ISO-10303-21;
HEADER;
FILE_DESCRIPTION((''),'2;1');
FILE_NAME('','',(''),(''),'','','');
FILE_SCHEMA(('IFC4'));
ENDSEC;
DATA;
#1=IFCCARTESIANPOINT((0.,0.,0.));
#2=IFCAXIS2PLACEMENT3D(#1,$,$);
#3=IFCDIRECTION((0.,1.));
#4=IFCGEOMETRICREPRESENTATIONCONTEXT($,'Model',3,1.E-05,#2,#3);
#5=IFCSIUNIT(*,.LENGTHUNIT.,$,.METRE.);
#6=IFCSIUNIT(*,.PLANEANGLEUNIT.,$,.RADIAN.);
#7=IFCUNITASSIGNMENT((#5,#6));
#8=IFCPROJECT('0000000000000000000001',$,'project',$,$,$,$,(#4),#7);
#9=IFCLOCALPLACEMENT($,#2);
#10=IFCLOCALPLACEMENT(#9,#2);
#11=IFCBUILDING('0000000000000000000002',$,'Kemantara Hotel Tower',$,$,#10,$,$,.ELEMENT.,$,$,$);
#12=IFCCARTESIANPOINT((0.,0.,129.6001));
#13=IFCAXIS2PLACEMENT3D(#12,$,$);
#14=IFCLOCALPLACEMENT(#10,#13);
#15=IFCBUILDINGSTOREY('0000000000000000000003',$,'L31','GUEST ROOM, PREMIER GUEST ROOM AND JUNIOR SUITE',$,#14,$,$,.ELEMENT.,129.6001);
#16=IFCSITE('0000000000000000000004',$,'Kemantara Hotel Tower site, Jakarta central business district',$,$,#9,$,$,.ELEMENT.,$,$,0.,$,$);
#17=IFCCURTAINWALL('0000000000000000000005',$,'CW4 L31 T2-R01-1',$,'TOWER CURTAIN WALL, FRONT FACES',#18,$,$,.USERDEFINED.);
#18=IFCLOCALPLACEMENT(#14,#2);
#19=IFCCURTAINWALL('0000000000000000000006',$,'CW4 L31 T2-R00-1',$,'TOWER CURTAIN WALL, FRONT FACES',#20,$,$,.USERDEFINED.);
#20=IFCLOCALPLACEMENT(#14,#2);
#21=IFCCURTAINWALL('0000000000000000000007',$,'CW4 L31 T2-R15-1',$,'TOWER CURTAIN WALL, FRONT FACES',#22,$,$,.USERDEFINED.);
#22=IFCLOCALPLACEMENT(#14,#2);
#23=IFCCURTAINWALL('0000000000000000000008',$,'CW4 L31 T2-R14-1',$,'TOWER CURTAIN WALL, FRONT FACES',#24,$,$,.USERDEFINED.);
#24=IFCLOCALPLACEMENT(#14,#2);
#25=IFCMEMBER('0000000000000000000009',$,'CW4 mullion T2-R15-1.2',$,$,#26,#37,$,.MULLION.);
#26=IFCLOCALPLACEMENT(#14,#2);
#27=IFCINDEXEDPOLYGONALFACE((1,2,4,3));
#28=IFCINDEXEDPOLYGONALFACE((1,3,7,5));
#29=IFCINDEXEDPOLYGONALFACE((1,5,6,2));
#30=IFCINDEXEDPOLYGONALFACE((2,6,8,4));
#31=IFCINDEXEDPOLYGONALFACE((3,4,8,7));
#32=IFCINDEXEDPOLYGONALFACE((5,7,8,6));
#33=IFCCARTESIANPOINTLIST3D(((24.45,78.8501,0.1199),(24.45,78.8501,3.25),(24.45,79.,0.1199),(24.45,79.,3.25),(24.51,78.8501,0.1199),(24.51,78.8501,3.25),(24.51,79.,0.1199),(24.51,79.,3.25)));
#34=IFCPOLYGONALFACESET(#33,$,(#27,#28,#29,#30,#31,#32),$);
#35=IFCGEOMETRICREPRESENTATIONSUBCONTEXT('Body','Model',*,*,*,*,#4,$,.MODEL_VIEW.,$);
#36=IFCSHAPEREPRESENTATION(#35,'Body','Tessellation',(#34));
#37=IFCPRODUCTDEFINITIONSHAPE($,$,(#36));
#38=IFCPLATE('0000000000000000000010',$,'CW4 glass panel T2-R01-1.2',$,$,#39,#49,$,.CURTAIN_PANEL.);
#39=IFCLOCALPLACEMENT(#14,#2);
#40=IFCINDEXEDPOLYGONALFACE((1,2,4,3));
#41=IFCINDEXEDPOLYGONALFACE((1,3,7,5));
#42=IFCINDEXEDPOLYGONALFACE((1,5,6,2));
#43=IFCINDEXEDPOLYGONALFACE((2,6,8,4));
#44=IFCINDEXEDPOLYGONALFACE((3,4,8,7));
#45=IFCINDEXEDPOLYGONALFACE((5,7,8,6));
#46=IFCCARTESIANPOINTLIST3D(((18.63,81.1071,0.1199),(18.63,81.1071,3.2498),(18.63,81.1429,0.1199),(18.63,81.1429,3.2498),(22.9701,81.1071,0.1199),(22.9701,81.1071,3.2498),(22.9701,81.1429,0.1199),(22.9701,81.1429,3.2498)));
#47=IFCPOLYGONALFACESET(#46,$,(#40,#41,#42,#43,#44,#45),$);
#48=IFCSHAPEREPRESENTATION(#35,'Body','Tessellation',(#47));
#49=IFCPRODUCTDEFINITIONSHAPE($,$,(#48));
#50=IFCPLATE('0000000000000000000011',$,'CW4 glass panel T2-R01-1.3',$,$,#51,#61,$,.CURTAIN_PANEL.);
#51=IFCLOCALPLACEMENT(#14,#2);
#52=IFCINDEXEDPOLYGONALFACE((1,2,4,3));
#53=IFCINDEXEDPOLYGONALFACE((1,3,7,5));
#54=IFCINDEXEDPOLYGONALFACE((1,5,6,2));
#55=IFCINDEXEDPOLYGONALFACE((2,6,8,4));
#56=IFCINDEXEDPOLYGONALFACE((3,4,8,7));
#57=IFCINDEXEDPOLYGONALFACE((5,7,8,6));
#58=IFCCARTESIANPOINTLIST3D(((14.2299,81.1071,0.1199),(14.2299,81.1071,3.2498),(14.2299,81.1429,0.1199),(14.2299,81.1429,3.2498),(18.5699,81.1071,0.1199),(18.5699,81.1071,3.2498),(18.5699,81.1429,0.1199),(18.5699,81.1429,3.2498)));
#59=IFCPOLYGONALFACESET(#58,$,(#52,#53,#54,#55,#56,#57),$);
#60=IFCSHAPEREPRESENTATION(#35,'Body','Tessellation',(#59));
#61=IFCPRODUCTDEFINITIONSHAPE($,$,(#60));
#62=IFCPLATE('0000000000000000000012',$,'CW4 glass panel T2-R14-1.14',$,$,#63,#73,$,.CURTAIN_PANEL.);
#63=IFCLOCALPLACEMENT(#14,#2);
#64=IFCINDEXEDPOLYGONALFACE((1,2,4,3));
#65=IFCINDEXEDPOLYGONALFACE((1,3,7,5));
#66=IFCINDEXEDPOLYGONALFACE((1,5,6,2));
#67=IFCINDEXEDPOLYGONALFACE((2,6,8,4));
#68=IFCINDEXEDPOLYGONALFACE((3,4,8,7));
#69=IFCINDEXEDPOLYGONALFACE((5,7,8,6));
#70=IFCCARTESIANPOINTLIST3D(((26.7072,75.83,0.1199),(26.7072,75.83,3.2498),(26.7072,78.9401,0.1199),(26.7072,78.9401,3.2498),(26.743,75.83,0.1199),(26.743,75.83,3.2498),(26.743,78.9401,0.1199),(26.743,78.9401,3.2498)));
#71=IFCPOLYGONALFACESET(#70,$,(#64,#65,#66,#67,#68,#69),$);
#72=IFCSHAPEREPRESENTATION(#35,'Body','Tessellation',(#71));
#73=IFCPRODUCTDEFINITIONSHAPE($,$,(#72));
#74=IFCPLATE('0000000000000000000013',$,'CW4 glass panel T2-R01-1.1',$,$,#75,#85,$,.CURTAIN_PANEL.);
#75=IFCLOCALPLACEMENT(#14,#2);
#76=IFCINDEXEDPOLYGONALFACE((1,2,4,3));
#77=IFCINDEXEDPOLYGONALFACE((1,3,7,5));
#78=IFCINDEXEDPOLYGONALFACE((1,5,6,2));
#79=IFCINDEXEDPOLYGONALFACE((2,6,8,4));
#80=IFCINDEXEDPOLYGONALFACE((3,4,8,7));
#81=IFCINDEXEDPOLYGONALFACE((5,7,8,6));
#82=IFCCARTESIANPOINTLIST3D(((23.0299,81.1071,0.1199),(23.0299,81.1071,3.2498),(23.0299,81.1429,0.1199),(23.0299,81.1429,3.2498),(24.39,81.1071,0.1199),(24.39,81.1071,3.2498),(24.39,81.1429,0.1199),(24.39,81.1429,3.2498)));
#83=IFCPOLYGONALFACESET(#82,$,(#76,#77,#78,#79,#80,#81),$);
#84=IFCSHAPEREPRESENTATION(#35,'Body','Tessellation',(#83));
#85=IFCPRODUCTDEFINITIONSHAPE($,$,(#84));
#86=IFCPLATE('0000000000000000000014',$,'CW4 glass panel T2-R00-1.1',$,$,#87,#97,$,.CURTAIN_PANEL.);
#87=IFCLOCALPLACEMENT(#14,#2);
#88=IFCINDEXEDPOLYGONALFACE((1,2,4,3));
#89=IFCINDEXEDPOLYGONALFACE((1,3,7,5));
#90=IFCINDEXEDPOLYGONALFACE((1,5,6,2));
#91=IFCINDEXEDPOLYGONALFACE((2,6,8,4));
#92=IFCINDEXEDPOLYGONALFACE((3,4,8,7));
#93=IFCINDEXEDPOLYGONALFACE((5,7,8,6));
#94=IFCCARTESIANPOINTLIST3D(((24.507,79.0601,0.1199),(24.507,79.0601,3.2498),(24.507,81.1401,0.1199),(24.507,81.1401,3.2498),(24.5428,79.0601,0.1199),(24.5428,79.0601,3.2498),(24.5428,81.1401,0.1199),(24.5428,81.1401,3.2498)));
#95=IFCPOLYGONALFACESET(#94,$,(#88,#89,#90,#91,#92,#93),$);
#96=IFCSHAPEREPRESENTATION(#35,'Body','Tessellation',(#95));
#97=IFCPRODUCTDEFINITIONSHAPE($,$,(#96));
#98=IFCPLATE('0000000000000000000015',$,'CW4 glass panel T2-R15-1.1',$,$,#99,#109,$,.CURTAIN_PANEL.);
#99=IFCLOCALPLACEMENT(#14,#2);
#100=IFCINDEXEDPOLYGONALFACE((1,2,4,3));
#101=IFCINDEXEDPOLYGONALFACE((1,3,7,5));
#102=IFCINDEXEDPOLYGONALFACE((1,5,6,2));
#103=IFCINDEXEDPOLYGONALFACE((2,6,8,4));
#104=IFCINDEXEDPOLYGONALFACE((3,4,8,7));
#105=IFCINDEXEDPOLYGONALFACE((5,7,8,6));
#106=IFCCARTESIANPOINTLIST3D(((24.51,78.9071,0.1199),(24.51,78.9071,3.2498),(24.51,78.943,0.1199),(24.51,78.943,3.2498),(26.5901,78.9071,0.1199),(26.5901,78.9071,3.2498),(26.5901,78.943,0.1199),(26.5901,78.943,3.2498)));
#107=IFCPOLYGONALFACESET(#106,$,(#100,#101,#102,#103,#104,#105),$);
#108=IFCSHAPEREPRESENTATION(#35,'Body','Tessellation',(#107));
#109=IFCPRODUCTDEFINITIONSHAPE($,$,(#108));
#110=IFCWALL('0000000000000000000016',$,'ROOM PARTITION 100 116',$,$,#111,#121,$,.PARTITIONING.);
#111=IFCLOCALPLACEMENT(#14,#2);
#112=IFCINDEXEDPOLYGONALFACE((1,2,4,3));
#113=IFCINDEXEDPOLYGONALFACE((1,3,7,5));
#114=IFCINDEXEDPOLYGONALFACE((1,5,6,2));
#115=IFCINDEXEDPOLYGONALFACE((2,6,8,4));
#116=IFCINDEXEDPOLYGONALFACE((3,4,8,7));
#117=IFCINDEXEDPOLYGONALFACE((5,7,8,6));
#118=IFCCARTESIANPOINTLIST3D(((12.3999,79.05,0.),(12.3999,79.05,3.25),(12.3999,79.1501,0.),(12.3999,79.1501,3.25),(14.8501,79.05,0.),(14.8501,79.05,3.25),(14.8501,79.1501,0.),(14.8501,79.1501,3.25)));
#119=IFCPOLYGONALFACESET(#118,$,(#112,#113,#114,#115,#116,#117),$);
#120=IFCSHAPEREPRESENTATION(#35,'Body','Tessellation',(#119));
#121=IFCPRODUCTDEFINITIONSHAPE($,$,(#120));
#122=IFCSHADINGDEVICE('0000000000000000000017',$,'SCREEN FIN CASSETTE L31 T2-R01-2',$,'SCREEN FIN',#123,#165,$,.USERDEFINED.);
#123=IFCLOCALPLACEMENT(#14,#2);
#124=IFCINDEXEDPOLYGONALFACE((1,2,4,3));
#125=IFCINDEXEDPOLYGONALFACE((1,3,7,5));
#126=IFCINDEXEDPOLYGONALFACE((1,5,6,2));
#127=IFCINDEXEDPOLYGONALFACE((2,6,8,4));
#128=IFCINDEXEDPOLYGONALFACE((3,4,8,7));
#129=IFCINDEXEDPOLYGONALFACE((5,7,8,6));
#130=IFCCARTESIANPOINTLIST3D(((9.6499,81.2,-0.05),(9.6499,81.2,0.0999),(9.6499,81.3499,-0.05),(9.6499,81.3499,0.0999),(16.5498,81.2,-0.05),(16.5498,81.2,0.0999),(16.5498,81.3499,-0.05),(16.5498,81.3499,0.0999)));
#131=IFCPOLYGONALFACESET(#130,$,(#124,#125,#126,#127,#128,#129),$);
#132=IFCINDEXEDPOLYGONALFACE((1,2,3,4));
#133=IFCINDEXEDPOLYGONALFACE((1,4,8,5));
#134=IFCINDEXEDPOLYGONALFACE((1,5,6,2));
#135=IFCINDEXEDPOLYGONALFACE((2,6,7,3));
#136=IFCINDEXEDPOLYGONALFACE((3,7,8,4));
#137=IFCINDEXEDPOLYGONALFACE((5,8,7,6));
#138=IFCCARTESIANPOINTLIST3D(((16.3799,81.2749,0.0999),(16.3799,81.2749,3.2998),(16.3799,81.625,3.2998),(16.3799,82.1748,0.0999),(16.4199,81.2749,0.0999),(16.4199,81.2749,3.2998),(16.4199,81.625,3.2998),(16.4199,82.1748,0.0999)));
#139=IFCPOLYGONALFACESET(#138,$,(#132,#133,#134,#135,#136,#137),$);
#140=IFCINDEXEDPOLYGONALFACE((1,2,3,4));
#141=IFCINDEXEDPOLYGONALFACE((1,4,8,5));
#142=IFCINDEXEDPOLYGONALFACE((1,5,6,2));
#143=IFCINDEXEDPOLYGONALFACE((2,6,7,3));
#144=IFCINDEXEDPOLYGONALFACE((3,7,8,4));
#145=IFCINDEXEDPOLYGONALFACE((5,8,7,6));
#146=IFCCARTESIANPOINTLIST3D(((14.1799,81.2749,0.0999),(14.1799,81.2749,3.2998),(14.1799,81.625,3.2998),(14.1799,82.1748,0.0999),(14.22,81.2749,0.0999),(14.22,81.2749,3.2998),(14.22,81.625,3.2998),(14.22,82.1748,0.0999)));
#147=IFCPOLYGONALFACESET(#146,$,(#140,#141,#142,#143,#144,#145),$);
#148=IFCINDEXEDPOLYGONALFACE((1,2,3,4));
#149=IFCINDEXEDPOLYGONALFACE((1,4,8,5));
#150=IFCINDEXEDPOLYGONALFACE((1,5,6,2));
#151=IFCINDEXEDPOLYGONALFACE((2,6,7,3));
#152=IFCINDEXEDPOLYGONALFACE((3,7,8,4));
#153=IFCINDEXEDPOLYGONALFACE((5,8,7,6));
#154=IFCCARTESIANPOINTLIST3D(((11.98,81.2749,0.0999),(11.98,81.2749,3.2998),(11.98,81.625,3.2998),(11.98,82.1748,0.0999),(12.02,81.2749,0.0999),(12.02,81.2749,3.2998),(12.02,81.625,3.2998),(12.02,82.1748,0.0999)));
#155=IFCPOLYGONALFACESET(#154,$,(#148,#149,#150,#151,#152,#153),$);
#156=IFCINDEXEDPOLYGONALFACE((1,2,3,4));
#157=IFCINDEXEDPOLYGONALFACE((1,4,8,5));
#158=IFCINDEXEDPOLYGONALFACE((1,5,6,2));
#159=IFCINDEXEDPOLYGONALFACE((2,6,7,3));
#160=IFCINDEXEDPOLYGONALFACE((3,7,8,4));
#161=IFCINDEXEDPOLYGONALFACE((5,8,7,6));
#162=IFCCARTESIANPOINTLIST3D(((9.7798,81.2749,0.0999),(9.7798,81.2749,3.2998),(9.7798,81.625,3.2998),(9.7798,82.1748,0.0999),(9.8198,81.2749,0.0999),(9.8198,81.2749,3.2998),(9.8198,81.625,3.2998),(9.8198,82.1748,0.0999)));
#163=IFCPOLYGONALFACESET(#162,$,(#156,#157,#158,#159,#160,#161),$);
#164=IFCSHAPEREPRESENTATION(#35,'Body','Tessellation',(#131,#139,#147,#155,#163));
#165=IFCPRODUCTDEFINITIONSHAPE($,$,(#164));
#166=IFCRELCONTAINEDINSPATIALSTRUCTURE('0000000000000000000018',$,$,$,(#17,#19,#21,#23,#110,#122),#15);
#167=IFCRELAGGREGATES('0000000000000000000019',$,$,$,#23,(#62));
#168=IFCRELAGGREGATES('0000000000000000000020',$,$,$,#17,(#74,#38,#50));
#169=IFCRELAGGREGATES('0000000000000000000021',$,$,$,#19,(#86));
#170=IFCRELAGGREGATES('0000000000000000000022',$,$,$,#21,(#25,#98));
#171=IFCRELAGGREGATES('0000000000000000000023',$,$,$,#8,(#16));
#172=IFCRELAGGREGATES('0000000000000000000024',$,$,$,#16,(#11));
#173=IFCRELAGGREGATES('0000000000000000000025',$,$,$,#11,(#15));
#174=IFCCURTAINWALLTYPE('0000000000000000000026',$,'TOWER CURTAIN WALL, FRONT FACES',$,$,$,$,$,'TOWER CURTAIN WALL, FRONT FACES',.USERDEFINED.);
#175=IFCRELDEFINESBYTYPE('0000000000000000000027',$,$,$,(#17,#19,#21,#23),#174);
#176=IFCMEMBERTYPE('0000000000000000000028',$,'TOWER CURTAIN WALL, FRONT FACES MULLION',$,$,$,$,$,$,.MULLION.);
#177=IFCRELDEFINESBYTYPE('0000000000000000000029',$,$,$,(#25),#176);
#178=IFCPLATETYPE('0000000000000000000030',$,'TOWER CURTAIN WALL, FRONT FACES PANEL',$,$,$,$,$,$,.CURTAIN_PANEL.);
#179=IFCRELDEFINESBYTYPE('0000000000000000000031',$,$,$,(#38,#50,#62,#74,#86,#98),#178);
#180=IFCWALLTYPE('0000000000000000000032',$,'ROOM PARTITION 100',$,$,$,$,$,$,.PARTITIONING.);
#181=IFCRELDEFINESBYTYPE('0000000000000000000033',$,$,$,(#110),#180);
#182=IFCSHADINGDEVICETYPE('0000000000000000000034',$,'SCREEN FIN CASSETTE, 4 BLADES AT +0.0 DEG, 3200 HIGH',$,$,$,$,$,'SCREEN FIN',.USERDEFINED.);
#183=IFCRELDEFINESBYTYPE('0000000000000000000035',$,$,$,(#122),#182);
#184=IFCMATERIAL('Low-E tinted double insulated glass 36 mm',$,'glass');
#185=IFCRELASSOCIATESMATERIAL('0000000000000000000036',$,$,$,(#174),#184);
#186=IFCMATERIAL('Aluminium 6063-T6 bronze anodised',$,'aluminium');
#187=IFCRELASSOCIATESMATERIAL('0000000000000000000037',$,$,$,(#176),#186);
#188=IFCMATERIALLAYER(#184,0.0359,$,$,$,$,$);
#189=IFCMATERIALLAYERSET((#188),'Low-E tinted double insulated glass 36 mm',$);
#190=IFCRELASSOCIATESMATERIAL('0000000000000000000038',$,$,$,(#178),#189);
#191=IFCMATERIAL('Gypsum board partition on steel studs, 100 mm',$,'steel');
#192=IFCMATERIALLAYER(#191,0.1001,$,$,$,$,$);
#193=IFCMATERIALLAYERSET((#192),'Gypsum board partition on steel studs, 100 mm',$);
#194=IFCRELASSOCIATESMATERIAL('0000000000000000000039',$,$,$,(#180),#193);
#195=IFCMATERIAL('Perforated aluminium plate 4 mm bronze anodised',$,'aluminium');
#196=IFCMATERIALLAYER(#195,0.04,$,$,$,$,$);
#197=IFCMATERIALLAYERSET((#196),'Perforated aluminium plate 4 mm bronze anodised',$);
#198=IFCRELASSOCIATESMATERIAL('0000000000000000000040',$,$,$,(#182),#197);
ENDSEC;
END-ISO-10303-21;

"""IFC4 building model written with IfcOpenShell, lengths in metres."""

from ifc_helpers import new_model, si_unit, direction, frame, frame_2d, origin, origin_2d, place, context, subcontext, project, spatial, polyline, rectangle, outline, extrude, source, transform, mapped, material, layer, layer_set, material_profile, profile_set, type_object, element, aggregate, save


model = new_model("IFC4")

# Units and contexts
model_context = context("Model", 3, precision=1e-05, world=origin(), true_north=direction((0.0, 1.0)))
body_context = subcontext(model_context, "Body", "Model", "MODEL_VIEW")
ifc_project = project(units=[si_unit("LENGTHUNIT", "METRE"), si_unit("PLANEANGLEUNIT", "RADIAN")], contexts=[model_context])

# Site, building, storey
site_placement = place(None, origin())
site = spatial("IfcSite", under=ifc_project, at=site_placement, Name="Kemantara Hotel Tower site, Jakarta central business district", CompositionType="ELEMENT", RefElevation=0.0)
building_placement = place(site_placement, origin())
building = spatial("IfcBuilding", under=site, at=building_placement, Name="Kemantara Hotel Tower", CompositionType="ELEMENT")
storey_placement = place(building_placement, frame((0.0, 0.0, 129.6001)))
storey = spatial("IfcBuildingStorey", under=building, at=storey_placement, Name="L31", Description="GUEST ROOM, PREMIER GUEST ROOM AND JUNIOR SUITE", CompositionType="ELEMENT", Elevation=129.6001)

# Curtain walls
ifc_material_1 = material(Name="Low-E tinted double insulated glass 36 mm", Category="glass")
curtain_wall_type = type_object("IfcCurtainWallType", Name="TOWER CURTAIN WALL, FRONT FACES", ElementType="TOWER CURTAIN WALL, FRONT FACES", PredefinedType="USERDEFINED", material=ifc_material_1)
curtain_wall_1_placement = place(storey_placement, origin())
curtain_wall_1 = element("IfcCurtainWall", 1, at=curtain_wall_1_placement, inside=storey, type_object=curtain_wall_type, Name="CW4 L31 T2-R01-1", ObjectType="TOWER CURTAIN WALL, FRONT FACES", PredefinedType="USERDEFINED")
ifc_material_2 = material(Name="Aluminium 6063-T6 bronze anodised", Category="aluminium")
curtain_wall_2_placement = place(storey_placement, origin())
curtain_wall_2 = element("IfcCurtainWall", 2, at=curtain_wall_2_placement, inside=storey, type_object=curtain_wall_type, Name="CW4 L31 T2-R00-1", ObjectType="TOWER CURTAIN WALL, FRONT FACES", PredefinedType="USERDEFINED")
curtain_wall_3_placement = place(storey_placement, origin())
curtain_wall_3 = element("IfcCurtainWall", 3, at=curtain_wall_3_placement, inside=storey, type_object=curtain_wall_type, Name="CW4 L31 T2-R15-1", ObjectType="TOWER CURTAIN WALL, FRONT FACES", PredefinedType="USERDEFINED")

# Shared definitions
ifc_material_profile_1 = material_profile(ifc_material_2, rectangle(XDim=0.1499, YDim=0.0601, at=origin_2d()), Name="TOWER CURTAIN WALL, FRONT FACES MULLION")
ifc_profile_set_1 = profile_set([ifc_material_profile_1], Name="Aluminium 6063-T6 bronze anodised")
member_type_1 = type_object("IfcMemberType", Name="TOWER CURTAIN WALL, FRONT FACES MULLION", PredefinedType="MULLION", material=ifc_profile_set_1)
shared_shape_1 = source(origin(), body_context, "Body", "SweptSolid", [
    extrude(rectangle(XDim=0.1499, YDim=0.0601, at=origin_2d()), origin(), (0.0, 0.0, 1.0), 3.1301),
])

# Curtain wall
curtain_wall_4_placement = place(storey_placement, origin())
curtain_wall_4 = element("IfcCurtainWall", 4, at=curtain_wall_4_placement, inside=storey, type_object=curtain_wall_type, Name="CW4 L31 T2-R14-1", ObjectType="TOWER CURTAIN WALL, FRONT FACES", PredefinedType="USERDEFINED")

# Member
member_1_placement = place(storey_placement, frame((24.48, 78.925, 0.1199), z_axis=(0.0, 0.0, 1.0), x_axis=(0.0, -1.0, 0.0)))
member_1 = element("IfcMember", 5, at=member_1_placement, type_object=member_type_1, Name="CW4 mullion T2-R15-1.2", PredefinedType="MULLION", context=body_context, shape_type="MappedRepresentation", body=[
    mapped(shared_shape_1, transform((0.0, 0.0, 0.0))),
])

# Plates
ifc_layer_1 = layer(ifc_material_1, 0.0359)
ifc_layer_set_1 = layer_set([ifc_layer_1], Name="Low-E tinted double insulated glass 36 mm")
plate_type = type_object("IfcPlateType", Name="TOWER CURTAIN WALL, FRONT FACES PANEL", PredefinedType="CURTAIN_PANEL", material=ifc_layer_set_1)
shared_shape_2 = source(origin(), body_context, "Body", "SweptSolid", [
    extrude(rectangle(XDim=4.3401, YDim=0.0359, at=origin_2d()), origin(), (0.0, 0.0, 1.0), 3.1299),
])
plate_1_placement = place(storey_placement, frame((20.8, 81.125, 0.1199), z_axis=(0.0, 0.0, 1.0), x_axis=(-1.0, 0.0, 0.0)))
plate_1 = element("IfcPlate", 6, at=plate_1_placement, type_object=plate_type, Name="CW4 glass panel T2-R01-1.2", PredefinedType="CURTAIN_PANEL", context=body_context, shape_type="MappedRepresentation", body=[
    mapped(shared_shape_2, transform((0.0, 0.0, 0.0))),
])
plate_2_placement = place(storey_placement, frame((16.3999, 81.125, 0.1199), z_axis=(0.0, 0.0, 1.0), x_axis=(-1.0, 0.0, 0.0)))
plate_2 = element("IfcPlate", 7, at=plate_2_placement, type_object=plate_type, Name="CW4 glass panel T2-R01-1.3", PredefinedType="CURTAIN_PANEL", context=body_context, shape_type="MappedRepresentation", body=[
    mapped(shared_shape_2, transform((0.0, 0.0, 0.0))),
])
shared_shape_3 = source(origin(), body_context, "Body", "SweptSolid", [
    extrude(rectangle(XDim=3.1101, YDim=0.0359, at=origin_2d()), origin(), (0.0, 0.0, 1.0), 3.1299),
])
plate_3_placement = place(storey_placement, frame((26.7251, 77.385, 0.1199), z_axis=(0.0, 0.0, 1.0), x_axis=(0.0, 1.0, 0.0)))
plate_3 = element("IfcPlate", 8, at=plate_3_placement, type_object=plate_type, Name="CW4 glass panel T2-R14-1.14", PredefinedType="CURTAIN_PANEL", context=body_context, shape_type="MappedRepresentation", body=[
    mapped(shared_shape_3, transform((0.0, 0.0, 0.0))),
])
aggregate(curtain_wall_4, [plate_3])
shared_shape_4 = source(origin(), body_context, "Body", "SweptSolid", [
    extrude(rectangle(XDim=1.3601, YDim=0.0359, at=origin_2d()), origin(), (0.0, 0.0, 1.0), 3.1299),
])
plate_4_placement = place(storey_placement, frame((23.71, 81.125, 0.1199), z_axis=(0.0, 0.0, 1.0), x_axis=(-1.0, 0.0, 0.0)))
plate_4 = element("IfcPlate", 9, at=plate_4_placement, type_object=plate_type, Name="CW4 glass panel T2-R01-1.1", PredefinedType="CURTAIN_PANEL", context=body_context, shape_type="MappedRepresentation", body=[
    mapped(shared_shape_4, transform((0.0, 0.0, 0.0))),
])
aggregate(curtain_wall_1, [plate_4, plate_1, plate_2])
shared_shape_5 = source(origin(), body_context, "Body", "SweptSolid", [
    extrude(rectangle(XDim=2.0801, YDim=0.0359, at=origin_2d()), origin(), (0.0, 0.0, 1.0), 3.1299),
])
plate_5_placement = place(storey_placement, frame((24.5249, 80.1001, 0.1199), z_axis=(0.0, 0.0, 1.0), x_axis=(0.0, 1.0, 0.0)))
plate_5 = element("IfcPlate", 10, at=plate_5_placement, type_object=plate_type, Name="CW4 glass panel T2-R00-1.1", PredefinedType="CURTAIN_PANEL", context=body_context, shape_type="MappedRepresentation", body=[
    mapped(shared_shape_5, transform((0.0, 0.0, 0.0))),
])
aggregate(curtain_wall_2, [plate_5])
plate_6_placement = place(storey_placement, frame((25.55, 78.925, 0.1199), z_axis=(0.0, 0.0, 1.0), x_axis=(-1.0, 0.0, 0.0)))
plate_6 = element("IfcPlate", 11, at=plate_6_placement, type_object=plate_type, Name="CW4 glass panel T2-R15-1.1", PredefinedType="CURTAIN_PANEL", context=body_context, shape_type="MappedRepresentation", body=[
    mapped(shared_shape_5, transform((0.0, 0.0, 0.0))),
])
aggregate(curtain_wall_3, [member_1, plate_6])

# Wall
ifc_material_3 = material(Name="Gypsum board partition on steel studs, 100 mm", Category="steel")
ifc_layer_2 = layer(ifc_material_3, 0.1001)
ifc_layer_set_2 = layer_set([ifc_layer_2], Name="Gypsum board partition on steel studs, 100 mm")
wall_type = type_object("IfcWallType", Name="ROOM PARTITION 100", PredefinedType="PARTITIONING", material=ifc_layer_set_2)
wall_placement = place(storey_placement, frame((12.3999, 79.1001, 0.0), z_axis=(0.0, 0.0, 1.0), x_axis=(1.0, 0.0, 0.0)))
element("IfcWall", 12, at=wall_placement, inside=storey, type_object=wall_type, Name="ROOM PARTITION 100 116", PredefinedType="PARTITIONING", context=body_context, shape_type="SweptSolid", body=[
    extrude(rectangle(XDim=2.4502, YDim=0.1001, at=frame_2d((1.2251, 0.0))), origin(), (0.0, 0.0, 1.0), 3.25),
])

# Shading device
ifc_material_4 = material(Name="Perforated aluminium plate 4 mm bronze anodised", Category="aluminium")
ifc_layer_3 = layer(ifc_material_4, 0.04)
ifc_layer_set_3 = layer_set([ifc_layer_3], Name="Perforated aluminium plate 4 mm bronze anodised")
shading_device_type_1 = type_object("IfcShadingDeviceType", Name="SCREEN FIN CASSETTE, 4 BLADES AT +0.0 DEG, 3200 HIGH", ElementType="SCREEN FIN", PredefinedType="USERDEFINED", material=ifc_layer_set_3)
shared_shape_6 = source(origin(), body_context, "Body", "SweptSolid", [
    extrude(rectangle(XDim=6.8999, YDim=0.1499, at=origin_2d()), frame((3.3, -0.075, -0.1499), z_axis=(0.0, 0.0, 1.0), x_axis=(1.0, 0.0, 0.0)), (0.0, 0.0, 1.0), 0.1499),
    extrude(outline(polyline([(0.0, 0.0), (0.8999, 0.0), (0.3501, 3.2), (0.0, 3.2), (0.0, 0.0)])), frame((0.02, -0.075, 0.0), z_axis=(-1.0, 0.0, 0.0), x_axis=(0.0, -1.0, 0.0)), (0.0, 0.0, 1.0), 0.04),
    extrude(outline(polyline([(0.0, 0.0), (0.8999, 0.0), (0.3501, 3.2), (0.0, 3.2), (0.0, 0.0)])), frame((2.22, -0.075, 0.0), z_axis=(-1.0, 0.0, 0.0), x_axis=(0.0, -1.0, 0.0)), (0.0, 0.0, 1.0), 0.04),
    extrude(outline(polyline([(0.0, 0.0), (0.8999, 0.0), (0.3501, 3.2), (0.0, 3.2), (0.0, 0.0)])), frame((4.4199, -0.075, 0.0), z_axis=(-1.0, 0.0, 0.0), x_axis=(0.0, -1.0, 0.0)), (0.0, 0.0, 1.0), 0.04),
    extrude(outline(polyline([(0.0, 0.0), (0.8999, 0.0), (0.3501, 3.2), (0.0, 3.2), (0.0, 0.0)])), frame((6.6201, -0.075, 0.0), z_axis=(-1.0, 0.0, 0.0), x_axis=(0.0, -1.0, 0.0)), (0.0, 0.0, 1.0), 0.04),
])
shading_device_1_placement = place(storey_placement, frame((16.3999, 81.2, 0.0999), z_axis=(0.0, 0.0, 1.0), x_axis=(-1.0, 0.0, 0.0)))
element("IfcShadingDevice", 13, at=shading_device_1_placement, inside=storey, type_object=shading_device_type_1, Name="SCREEN FIN CASSETTE L31 T2-R01-2", ObjectType="SCREEN FIN", PredefinedType="USERDEFINED", context=body_context, shape_type="MappedRepresentation", body=[
    mapped(shared_shape_6, transform((0.0, 0.0, 0.0))),
])

save(model, "model.ifc")
